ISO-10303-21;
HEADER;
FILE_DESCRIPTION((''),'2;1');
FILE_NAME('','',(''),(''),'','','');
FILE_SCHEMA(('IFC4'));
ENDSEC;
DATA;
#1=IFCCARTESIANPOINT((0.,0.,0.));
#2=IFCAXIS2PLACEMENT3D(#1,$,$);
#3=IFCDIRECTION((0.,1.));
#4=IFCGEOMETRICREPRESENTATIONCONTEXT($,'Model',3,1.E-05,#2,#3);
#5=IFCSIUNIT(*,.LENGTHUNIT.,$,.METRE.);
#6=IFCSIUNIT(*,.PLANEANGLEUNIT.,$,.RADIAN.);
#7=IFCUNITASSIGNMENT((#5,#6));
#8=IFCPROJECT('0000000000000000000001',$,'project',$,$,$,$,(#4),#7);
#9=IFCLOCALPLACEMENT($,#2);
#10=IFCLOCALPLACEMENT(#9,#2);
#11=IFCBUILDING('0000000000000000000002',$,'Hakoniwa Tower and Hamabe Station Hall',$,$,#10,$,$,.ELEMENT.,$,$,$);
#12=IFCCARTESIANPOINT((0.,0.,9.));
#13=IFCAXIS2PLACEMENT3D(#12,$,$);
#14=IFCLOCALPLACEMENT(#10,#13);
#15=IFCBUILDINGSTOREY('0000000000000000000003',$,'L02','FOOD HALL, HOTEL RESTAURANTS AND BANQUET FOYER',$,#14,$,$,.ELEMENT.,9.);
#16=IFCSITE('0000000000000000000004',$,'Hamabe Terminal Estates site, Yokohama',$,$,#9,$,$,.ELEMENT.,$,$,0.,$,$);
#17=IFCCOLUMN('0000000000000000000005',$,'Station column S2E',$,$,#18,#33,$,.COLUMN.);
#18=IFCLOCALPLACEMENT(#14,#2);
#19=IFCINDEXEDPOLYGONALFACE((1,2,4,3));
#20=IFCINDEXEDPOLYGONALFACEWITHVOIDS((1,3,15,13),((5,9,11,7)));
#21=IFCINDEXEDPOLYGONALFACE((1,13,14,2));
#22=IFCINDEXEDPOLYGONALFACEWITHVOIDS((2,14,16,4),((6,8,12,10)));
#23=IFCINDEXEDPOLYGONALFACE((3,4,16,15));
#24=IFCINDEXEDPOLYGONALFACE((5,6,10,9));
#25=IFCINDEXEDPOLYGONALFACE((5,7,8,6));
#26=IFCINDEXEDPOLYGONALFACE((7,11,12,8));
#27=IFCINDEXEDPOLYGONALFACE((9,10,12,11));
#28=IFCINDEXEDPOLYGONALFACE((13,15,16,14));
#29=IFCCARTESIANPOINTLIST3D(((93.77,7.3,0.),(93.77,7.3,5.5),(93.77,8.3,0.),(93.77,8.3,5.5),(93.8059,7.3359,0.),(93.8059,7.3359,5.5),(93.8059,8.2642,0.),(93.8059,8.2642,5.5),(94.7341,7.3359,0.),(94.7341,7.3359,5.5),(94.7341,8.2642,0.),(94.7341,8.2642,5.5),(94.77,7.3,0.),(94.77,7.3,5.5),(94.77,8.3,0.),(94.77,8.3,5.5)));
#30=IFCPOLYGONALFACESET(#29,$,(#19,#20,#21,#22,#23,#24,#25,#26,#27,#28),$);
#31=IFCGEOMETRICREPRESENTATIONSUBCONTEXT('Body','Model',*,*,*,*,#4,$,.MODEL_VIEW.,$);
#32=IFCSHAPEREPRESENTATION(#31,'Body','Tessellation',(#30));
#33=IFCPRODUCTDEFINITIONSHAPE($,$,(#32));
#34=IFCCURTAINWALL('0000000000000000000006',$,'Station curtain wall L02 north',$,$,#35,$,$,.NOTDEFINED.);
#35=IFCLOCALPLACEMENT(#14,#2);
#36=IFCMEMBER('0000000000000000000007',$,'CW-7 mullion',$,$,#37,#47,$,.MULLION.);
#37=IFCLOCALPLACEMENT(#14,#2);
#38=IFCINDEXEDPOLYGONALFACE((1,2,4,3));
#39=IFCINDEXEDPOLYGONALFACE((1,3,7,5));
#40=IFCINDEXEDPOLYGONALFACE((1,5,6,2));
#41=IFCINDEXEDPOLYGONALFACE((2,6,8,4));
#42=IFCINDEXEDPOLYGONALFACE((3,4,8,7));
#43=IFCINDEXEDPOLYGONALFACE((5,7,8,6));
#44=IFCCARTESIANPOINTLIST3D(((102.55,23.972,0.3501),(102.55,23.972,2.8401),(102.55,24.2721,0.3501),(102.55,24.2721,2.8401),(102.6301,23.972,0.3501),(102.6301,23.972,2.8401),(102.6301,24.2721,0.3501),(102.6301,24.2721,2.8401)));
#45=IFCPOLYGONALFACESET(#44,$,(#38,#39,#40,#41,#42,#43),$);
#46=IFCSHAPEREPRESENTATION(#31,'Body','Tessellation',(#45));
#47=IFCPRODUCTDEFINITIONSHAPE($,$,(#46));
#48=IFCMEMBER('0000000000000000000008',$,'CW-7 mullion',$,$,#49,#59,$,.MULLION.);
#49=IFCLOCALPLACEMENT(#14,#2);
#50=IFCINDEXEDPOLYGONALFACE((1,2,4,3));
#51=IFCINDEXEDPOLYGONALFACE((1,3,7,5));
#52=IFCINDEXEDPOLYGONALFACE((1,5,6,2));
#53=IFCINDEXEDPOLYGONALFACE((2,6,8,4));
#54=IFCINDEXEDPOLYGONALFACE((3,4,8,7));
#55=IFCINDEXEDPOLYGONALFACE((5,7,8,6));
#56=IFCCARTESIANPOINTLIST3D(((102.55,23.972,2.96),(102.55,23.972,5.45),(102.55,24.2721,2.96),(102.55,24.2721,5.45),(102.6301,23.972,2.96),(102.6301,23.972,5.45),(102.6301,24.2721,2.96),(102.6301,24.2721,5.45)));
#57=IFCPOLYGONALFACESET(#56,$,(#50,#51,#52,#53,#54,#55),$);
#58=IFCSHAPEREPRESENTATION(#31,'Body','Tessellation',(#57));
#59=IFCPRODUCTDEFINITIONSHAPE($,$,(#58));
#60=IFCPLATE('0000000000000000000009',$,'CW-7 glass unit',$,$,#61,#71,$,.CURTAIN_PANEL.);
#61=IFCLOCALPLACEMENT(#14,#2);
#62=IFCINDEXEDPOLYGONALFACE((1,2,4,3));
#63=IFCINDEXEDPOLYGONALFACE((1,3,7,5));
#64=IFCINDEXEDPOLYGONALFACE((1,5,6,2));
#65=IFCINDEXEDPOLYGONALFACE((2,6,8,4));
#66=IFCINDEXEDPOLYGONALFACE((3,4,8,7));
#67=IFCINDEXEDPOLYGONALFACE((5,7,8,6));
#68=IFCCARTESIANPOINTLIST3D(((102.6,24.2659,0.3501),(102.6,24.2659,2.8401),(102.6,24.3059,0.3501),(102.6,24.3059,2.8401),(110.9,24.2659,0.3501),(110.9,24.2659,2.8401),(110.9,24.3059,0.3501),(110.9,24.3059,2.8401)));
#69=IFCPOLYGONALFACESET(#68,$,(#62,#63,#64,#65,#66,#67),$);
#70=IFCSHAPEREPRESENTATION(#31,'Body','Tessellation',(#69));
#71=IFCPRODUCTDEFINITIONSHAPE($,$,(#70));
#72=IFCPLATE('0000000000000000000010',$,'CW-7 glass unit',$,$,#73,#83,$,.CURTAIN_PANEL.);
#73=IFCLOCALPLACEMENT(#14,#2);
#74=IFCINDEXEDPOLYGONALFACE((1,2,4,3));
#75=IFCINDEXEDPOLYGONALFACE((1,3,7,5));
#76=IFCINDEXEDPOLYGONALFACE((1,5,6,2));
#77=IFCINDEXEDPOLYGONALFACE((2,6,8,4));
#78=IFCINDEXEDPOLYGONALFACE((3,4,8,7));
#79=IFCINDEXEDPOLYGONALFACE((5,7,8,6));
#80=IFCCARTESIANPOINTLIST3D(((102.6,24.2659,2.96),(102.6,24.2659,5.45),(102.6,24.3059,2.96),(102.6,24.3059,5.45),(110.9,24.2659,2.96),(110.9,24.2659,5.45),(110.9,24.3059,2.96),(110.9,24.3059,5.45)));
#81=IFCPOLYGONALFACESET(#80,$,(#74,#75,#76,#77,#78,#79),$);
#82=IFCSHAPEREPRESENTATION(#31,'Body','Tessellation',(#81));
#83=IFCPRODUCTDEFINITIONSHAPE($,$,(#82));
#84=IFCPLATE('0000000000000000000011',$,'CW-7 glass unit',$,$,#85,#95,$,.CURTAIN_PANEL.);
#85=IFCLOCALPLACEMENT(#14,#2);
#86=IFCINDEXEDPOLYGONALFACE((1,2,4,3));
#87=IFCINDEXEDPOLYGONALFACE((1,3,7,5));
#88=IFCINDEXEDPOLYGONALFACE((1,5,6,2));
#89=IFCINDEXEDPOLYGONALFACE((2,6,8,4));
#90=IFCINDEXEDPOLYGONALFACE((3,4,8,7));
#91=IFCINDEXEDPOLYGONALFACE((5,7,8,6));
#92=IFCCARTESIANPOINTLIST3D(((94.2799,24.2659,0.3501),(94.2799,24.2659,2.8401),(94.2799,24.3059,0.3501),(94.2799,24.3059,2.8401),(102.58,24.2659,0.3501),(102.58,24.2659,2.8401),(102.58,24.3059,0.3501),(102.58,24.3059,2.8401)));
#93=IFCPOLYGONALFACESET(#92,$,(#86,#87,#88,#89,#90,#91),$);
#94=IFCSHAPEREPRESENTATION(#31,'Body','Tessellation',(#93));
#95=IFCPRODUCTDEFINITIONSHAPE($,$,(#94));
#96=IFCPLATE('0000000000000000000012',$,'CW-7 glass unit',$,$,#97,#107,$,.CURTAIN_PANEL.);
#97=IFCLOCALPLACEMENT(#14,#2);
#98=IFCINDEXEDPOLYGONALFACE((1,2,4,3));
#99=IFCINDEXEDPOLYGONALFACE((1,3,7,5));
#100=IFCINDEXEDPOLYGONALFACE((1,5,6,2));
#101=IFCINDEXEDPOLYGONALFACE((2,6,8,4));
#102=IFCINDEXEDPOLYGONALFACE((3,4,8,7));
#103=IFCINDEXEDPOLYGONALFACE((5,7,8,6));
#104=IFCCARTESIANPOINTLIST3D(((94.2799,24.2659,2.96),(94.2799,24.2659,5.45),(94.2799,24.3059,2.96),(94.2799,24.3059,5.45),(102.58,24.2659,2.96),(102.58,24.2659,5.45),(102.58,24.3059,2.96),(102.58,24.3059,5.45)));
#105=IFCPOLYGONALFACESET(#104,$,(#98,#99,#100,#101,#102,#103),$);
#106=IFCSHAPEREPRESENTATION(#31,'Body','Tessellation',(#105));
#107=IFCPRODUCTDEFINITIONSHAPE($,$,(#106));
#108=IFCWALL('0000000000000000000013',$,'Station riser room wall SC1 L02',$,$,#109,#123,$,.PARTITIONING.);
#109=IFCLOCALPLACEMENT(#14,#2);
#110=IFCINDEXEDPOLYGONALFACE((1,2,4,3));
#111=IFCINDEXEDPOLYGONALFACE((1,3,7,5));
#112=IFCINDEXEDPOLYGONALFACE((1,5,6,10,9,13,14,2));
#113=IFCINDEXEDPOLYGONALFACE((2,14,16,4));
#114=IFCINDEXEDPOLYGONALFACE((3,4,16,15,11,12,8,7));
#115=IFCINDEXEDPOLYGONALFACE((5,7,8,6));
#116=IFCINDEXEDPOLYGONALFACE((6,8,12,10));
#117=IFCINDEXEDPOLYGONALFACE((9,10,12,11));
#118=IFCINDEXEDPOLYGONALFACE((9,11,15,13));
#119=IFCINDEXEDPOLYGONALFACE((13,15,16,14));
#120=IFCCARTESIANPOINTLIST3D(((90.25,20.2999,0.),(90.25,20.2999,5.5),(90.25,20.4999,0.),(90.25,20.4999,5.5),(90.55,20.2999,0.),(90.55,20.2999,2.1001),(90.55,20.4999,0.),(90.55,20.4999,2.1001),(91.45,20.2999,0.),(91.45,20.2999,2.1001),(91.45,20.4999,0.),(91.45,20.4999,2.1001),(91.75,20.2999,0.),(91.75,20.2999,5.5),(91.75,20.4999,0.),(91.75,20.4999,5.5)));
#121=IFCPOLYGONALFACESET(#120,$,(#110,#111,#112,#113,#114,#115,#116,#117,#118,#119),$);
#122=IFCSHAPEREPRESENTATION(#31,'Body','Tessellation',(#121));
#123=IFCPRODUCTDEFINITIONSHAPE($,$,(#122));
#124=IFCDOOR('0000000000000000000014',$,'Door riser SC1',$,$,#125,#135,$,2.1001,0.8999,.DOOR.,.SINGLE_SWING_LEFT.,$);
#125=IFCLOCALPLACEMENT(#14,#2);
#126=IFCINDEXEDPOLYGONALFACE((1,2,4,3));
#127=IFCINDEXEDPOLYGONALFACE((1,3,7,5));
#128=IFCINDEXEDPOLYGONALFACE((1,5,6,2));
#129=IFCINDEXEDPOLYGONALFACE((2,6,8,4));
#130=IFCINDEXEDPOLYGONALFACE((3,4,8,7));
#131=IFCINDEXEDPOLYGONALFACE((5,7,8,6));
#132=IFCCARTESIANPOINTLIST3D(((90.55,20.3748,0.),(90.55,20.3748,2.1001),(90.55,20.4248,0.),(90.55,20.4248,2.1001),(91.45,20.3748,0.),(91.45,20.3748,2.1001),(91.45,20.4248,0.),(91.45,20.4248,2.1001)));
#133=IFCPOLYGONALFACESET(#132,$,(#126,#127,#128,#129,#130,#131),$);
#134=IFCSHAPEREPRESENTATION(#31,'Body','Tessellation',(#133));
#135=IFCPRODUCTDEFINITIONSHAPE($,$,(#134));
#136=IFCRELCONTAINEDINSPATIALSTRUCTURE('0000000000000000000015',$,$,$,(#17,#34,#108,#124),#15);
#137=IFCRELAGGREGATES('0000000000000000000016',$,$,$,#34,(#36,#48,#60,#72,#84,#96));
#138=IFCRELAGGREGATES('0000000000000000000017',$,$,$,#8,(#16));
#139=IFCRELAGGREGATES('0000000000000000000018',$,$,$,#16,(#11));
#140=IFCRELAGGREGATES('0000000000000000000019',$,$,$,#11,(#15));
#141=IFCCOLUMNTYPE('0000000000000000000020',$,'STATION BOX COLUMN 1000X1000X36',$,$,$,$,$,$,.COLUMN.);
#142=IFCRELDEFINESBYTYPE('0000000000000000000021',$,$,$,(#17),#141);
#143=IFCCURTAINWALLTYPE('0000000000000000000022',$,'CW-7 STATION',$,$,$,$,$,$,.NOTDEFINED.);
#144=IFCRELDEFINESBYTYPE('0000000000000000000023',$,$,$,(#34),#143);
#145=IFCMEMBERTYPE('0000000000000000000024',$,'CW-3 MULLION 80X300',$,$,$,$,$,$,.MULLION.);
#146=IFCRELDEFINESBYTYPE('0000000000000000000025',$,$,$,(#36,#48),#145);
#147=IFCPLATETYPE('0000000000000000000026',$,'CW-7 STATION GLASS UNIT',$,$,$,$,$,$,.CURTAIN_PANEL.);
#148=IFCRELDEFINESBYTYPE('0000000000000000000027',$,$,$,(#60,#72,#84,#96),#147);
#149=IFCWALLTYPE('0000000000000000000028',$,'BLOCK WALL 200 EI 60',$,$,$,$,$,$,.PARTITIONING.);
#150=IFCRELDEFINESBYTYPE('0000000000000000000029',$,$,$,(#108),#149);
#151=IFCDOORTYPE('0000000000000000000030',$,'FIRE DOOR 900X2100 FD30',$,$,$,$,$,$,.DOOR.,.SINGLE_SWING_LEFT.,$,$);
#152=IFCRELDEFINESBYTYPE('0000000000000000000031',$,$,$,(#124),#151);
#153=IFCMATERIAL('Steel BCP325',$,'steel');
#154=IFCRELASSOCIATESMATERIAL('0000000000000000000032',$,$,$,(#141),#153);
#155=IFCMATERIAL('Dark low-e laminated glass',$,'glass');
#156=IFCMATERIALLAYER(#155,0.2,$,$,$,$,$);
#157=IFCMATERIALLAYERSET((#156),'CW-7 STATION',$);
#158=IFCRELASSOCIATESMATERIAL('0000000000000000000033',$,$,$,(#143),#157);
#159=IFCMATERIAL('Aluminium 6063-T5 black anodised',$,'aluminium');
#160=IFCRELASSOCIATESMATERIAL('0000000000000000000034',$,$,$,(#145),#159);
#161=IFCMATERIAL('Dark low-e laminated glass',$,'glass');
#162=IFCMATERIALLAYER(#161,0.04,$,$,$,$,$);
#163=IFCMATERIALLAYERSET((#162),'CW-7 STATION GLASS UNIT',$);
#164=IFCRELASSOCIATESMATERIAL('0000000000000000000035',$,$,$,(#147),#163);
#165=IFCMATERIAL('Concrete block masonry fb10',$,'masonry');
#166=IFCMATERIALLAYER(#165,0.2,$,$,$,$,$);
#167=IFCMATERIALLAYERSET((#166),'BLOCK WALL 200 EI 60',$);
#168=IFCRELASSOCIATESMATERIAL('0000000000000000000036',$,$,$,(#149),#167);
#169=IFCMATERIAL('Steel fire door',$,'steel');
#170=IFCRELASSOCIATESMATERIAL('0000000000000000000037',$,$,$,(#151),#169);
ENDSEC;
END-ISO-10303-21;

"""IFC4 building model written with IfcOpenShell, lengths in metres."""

from ifc_helpers import new_model, si_unit, direction, frame, frame_2d, origin, origin_2d, place, context, subcontext, project, spatial, rectangle, hollow_rectangle, extrude, material, layer, layer_set, material_profile, profile_set, type_object, element, fill, aggregate, save


model = new_model("IFC4")

# Units and contexts
model_context = context("Model", 3, precision=1e-05, world=origin(), true_north=direction((0.0, 1.0)))
body_context = subcontext(model_context, "Body", "Model", "MODEL_VIEW")
ifc_project = project(units=[si_unit("LENGTHUNIT", "METRE"), si_unit("PLANEANGLEUNIT", "RADIAN")], contexts=[model_context])

# Site, building, storey
site_placement = place(None, origin())
site = spatial("IfcSite", under=ifc_project, at=site_placement, Name="Hamabe Terminal Estates site, Yokohama", CompositionType="ELEMENT", RefElevation=0.0)
building_placement = place(site_placement, origin())
building = spatial("IfcBuilding", under=site, at=building_placement, Name="Hakoniwa Tower and Hamabe Station Hall", CompositionType="ELEMENT")
storey_placement = place(building_placement, frame((0.0, 0.0, 9.0)))
storey = spatial("IfcBuildingStorey", under=building, at=storey_placement, Name="L02", Description="FOOD HALL, HOTEL RESTAURANTS AND BANQUET FOYER", CompositionType="ELEMENT", Elevation=9.0)

# Column
ifc_material_1 = material(Name="Steel BCP325", Category="steel")
ifc_material_profile_1 = material_profile(ifc_material_1, hollow_rectangle(XDim=1.0, YDim=1.0, WallThickness=0.0359, at=origin_2d()), Name="STATION BOX COLUMN 1000X1000X36")
ifc_profile_set_1 = profile_set([ifc_material_profile_1], Name="Steel BCP325")
column_type = type_object("IfcColumnType", Name="STATION BOX COLUMN 1000X1000X36", PredefinedType="COLUMN", material=ifc_profile_set_1)
column_placement = place(storey_placement, frame((94.27, 7.8, 0.0), z_axis=(0.0, 0.0, 1.0), x_axis=(1.0, 0.0, 0.0)))
element("IfcColumn", 1, at=column_placement, inside=storey, type_object=column_type, Name="Station column S2E", PredefinedType="COLUMN", context=body_context, shape_type="SweptSolid", body=[
    extrude(hollow_rectangle(XDim=1.0, YDim=1.0, WallThickness=0.0359, at=origin_2d()), origin(), (0.0, 0.0, 1.0), 5.5),
])

# Curtain wall, members, plates
ifc_material_2 = material(Name="Dark low-e laminated glass", Category="glass")
ifc_layer_1 = layer(ifc_material_2, 0.2)
ifc_layer_set_1 = layer_set([ifc_layer_1], Name="CW-7 STATION")
curtain_wall_type = type_object("IfcCurtainWallType", Name="CW-7 STATION", PredefinedType="NOTDEFINED", material=ifc_layer_set_1)
curtain_wall_placement = place(storey_placement, origin())
curtain_wall = element("IfcCurtainWall", 2, at=curtain_wall_placement, inside=storey, type_object=curtain_wall_type, Name="Station curtain wall L02 north", PredefinedType="NOTDEFINED")
ifc_material_3 = material(Name="Aluminium 6063-T5 black anodised", Category="aluminium")
ifc_material_profile_2 = material_profile(ifc_material_3, rectangle(XDim=0.0801, YDim=0.3, at=origin_2d()), Name="CW-3 MULLION 80X300")
ifc_profile_set_2 = profile_set([ifc_material_profile_2], Name="Aluminium 6063-T5 black anodised")
member_type = type_object("IfcMemberType", Name="CW-3 MULLION 80X300", PredefinedType="MULLION", material=ifc_profile_set_2)
member_1_placement = place(storey_placement, frame((102.5901, 24.1221, 0.3501), z_axis=(0.0, 0.0, 1.0), x_axis=(-1.0, 0.0, 0.0)))
member_1 = element("IfcMember", 3, at=member_1_placement, type_object=member_type, Name="CW-7 mullion", PredefinedType="MULLION", context=body_context, shape_type="SweptSolid", body=[
    extrude(rectangle(XDim=0.0801, YDim=0.3, at=origin_2d()), origin(), (0.0, 0.0, 1.0), 2.49),
])
member_2_placement = place(storey_placement, frame((102.5901, 24.1221, 2.96), z_axis=(0.0, 0.0, 1.0), x_axis=(-1.0, 0.0, 0.0)))
member_2 = element("IfcMember", 4, at=member_2_placement, type_object=member_type, Name="CW-7 mullion", PredefinedType="MULLION", context=body_context, shape_type="SweptSolid", body=[
    extrude(rectangle(XDim=0.0801, YDim=0.3, at=origin_2d()), origin(), (0.0, 0.0, 1.0), 2.49),
])
ifc_material_4 = material(Name="Dark low-e laminated glass", Category="glass")
ifc_layer_2 = layer(ifc_material_4, 0.04)
ifc_layer_set_2 = layer_set([ifc_layer_2], Name="CW-7 STATION GLASS UNIT")
plate_type = type_object("IfcPlateType", Name="CW-7 STATION GLASS UNIT", PredefinedType="CURTAIN_PANEL", material=ifc_layer_set_2)
plate_1_placement = place(storey_placement, frame((106.75, 24.2859, 0.3501), z_axis=(0.0, 0.0, 1.0), x_axis=(-1.0, 0.0, 0.0)))
plate_1 = element("IfcPlate", 5, at=plate_1_placement, type_object=plate_type, Name="CW-7 glass unit", PredefinedType="CURTAIN_PANEL", context=body_context, shape_type="SweptSolid", body=[
    extrude(rectangle(XDim=8.3, YDim=0.04, at=origin_2d()), origin(), (0.0, 0.0, 1.0), 2.49),
])
plate_2_placement = place(storey_placement, frame((106.75, 24.2859, 2.96), z_axis=(0.0, 0.0, 1.0), x_axis=(-1.0, 0.0, 0.0)))
plate_2 = element("IfcPlate", 6, at=plate_2_placement, type_object=plate_type, Name="CW-7 glass unit", PredefinedType="CURTAIN_PANEL", context=body_context, shape_type="SweptSolid", body=[
    extrude(rectangle(XDim=8.3, YDim=0.04, at=origin_2d()), origin(), (0.0, 0.0, 1.0), 2.49),
])
plate_3_placement = place(storey_placement, frame((98.4299, 24.2859, 0.3501), z_axis=(0.0, 0.0, 1.0), x_axis=(-1.0, 0.0, 0.0)))
plate_3 = element("IfcPlate", 7, at=plate_3_placement, type_object=plate_type, Name="CW-7 glass unit", PredefinedType="CURTAIN_PANEL", context=body_context, shape_type="SweptSolid", body=[
    extrude(rectangle(XDim=8.3, YDim=0.04, at=origin_2d()), origin(), (0.0, 0.0, 1.0), 2.49),
])
plate_4_placement = place(storey_placement, frame((98.4299, 24.2859, 2.96), z_axis=(0.0, 0.0, 1.0), x_axis=(-1.0, 0.0, 0.0)))
plate_4 = element("IfcPlate", 8, at=plate_4_placement, type_object=plate_type, Name="CW-7 glass unit", PredefinedType="CURTAIN_PANEL", context=body_context, shape_type="SweptSolid", body=[
    extrude(rectangle(XDim=8.3, YDim=0.04, at=origin_2d()), origin(), (0.0, 0.0, 1.0), 2.49),
])
aggregate(curtain_wall, [member_1, member_2, plate_1, plate_2, plate_3, plate_4])

# Wall, opening, door
ifc_material_5 = material(Name="Concrete block masonry fb10", Category="masonry")
ifc_layer_3 = layer(ifc_material_5, 0.2)
ifc_layer_set_3 = layer_set([ifc_layer_3], Name="BLOCK WALL 200 EI 60")
wall_type_1 = type_object("IfcWallType", Name="BLOCK WALL 200 EI 60", PredefinedType="PARTITIONING", material=ifc_layer_set_3)
wall_1_placement = place(storey_placement, frame((90.25, 20.3999, 0.0), z_axis=(0.0, 0.0, 1.0), x_axis=(1.0, 0.0, 0.0)))
wall_1 = element("IfcWall", 9, at=wall_1_placement, inside=storey, type_object=wall_type_1, Name="Station riser room wall SC1 L02", PredefinedType="PARTITIONING", context=body_context, shape_type="SweptSolid", body=[
    extrude(rectangle(XDim=1.5, YDim=0.2, at=frame_2d((0.75, 0.0))), origin(), (0.0, 0.0, 1.0), 5.5),
])
opening_1_placement = place(wall_1_placement, frame((0.3, 0.0, 0.0)))
opening_1 = element("IfcOpeningElement", 10, at=opening_1_placement, cuts=wall_1, PredefinedType="OPENING", context=body_context, shape_type="SweptSolid", body=[
    extrude(rectangle(XDim=0.8999, YDim=2.1001, at=frame_2d((0.45, 1.05))), frame((0.0, 0.1099, 0.0), z_axis=(0.0, -1.0, 0.0), x_axis=(1.0, 0.0, 0.0)), (0.0, 0.0, 1.0), 0.22),
])
ifc_material_6 = material(Name="Steel fire door", Category="steel")
door_type_1 = type_object("IfcDoorType", Name="FIRE DOOR 900X2100 FD30", OperationType="SINGLE_SWING_LEFT", PredefinedType="DOOR", material=ifc_material_6)
door_1_placement = place(opening_1_placement, origin())
door_1 = element("IfcDoor", 11, at=door_1_placement, inside=storey, type_object=door_type_1, Name="Door riser SC1", OperationType="SINGLE_SWING_LEFT", OverallHeight=2.1001, OverallWidth=0.8999, PredefinedType="DOOR", context=body_context, shape_type="SweptSolid", body=[
    extrude(rectangle(XDim=0.8999, YDim=2.1001, at=frame_2d((0.45, 1.05))), frame((0.0, 0.0249, 0.0), z_axis=(0.0, -1.0, 0.0), x_axis=(1.0, 0.0, 0.0)), (0.0, 0.0, 1.0), 0.05),
])
fill(opening_1, door_1)

save(model, "model.ifc")
